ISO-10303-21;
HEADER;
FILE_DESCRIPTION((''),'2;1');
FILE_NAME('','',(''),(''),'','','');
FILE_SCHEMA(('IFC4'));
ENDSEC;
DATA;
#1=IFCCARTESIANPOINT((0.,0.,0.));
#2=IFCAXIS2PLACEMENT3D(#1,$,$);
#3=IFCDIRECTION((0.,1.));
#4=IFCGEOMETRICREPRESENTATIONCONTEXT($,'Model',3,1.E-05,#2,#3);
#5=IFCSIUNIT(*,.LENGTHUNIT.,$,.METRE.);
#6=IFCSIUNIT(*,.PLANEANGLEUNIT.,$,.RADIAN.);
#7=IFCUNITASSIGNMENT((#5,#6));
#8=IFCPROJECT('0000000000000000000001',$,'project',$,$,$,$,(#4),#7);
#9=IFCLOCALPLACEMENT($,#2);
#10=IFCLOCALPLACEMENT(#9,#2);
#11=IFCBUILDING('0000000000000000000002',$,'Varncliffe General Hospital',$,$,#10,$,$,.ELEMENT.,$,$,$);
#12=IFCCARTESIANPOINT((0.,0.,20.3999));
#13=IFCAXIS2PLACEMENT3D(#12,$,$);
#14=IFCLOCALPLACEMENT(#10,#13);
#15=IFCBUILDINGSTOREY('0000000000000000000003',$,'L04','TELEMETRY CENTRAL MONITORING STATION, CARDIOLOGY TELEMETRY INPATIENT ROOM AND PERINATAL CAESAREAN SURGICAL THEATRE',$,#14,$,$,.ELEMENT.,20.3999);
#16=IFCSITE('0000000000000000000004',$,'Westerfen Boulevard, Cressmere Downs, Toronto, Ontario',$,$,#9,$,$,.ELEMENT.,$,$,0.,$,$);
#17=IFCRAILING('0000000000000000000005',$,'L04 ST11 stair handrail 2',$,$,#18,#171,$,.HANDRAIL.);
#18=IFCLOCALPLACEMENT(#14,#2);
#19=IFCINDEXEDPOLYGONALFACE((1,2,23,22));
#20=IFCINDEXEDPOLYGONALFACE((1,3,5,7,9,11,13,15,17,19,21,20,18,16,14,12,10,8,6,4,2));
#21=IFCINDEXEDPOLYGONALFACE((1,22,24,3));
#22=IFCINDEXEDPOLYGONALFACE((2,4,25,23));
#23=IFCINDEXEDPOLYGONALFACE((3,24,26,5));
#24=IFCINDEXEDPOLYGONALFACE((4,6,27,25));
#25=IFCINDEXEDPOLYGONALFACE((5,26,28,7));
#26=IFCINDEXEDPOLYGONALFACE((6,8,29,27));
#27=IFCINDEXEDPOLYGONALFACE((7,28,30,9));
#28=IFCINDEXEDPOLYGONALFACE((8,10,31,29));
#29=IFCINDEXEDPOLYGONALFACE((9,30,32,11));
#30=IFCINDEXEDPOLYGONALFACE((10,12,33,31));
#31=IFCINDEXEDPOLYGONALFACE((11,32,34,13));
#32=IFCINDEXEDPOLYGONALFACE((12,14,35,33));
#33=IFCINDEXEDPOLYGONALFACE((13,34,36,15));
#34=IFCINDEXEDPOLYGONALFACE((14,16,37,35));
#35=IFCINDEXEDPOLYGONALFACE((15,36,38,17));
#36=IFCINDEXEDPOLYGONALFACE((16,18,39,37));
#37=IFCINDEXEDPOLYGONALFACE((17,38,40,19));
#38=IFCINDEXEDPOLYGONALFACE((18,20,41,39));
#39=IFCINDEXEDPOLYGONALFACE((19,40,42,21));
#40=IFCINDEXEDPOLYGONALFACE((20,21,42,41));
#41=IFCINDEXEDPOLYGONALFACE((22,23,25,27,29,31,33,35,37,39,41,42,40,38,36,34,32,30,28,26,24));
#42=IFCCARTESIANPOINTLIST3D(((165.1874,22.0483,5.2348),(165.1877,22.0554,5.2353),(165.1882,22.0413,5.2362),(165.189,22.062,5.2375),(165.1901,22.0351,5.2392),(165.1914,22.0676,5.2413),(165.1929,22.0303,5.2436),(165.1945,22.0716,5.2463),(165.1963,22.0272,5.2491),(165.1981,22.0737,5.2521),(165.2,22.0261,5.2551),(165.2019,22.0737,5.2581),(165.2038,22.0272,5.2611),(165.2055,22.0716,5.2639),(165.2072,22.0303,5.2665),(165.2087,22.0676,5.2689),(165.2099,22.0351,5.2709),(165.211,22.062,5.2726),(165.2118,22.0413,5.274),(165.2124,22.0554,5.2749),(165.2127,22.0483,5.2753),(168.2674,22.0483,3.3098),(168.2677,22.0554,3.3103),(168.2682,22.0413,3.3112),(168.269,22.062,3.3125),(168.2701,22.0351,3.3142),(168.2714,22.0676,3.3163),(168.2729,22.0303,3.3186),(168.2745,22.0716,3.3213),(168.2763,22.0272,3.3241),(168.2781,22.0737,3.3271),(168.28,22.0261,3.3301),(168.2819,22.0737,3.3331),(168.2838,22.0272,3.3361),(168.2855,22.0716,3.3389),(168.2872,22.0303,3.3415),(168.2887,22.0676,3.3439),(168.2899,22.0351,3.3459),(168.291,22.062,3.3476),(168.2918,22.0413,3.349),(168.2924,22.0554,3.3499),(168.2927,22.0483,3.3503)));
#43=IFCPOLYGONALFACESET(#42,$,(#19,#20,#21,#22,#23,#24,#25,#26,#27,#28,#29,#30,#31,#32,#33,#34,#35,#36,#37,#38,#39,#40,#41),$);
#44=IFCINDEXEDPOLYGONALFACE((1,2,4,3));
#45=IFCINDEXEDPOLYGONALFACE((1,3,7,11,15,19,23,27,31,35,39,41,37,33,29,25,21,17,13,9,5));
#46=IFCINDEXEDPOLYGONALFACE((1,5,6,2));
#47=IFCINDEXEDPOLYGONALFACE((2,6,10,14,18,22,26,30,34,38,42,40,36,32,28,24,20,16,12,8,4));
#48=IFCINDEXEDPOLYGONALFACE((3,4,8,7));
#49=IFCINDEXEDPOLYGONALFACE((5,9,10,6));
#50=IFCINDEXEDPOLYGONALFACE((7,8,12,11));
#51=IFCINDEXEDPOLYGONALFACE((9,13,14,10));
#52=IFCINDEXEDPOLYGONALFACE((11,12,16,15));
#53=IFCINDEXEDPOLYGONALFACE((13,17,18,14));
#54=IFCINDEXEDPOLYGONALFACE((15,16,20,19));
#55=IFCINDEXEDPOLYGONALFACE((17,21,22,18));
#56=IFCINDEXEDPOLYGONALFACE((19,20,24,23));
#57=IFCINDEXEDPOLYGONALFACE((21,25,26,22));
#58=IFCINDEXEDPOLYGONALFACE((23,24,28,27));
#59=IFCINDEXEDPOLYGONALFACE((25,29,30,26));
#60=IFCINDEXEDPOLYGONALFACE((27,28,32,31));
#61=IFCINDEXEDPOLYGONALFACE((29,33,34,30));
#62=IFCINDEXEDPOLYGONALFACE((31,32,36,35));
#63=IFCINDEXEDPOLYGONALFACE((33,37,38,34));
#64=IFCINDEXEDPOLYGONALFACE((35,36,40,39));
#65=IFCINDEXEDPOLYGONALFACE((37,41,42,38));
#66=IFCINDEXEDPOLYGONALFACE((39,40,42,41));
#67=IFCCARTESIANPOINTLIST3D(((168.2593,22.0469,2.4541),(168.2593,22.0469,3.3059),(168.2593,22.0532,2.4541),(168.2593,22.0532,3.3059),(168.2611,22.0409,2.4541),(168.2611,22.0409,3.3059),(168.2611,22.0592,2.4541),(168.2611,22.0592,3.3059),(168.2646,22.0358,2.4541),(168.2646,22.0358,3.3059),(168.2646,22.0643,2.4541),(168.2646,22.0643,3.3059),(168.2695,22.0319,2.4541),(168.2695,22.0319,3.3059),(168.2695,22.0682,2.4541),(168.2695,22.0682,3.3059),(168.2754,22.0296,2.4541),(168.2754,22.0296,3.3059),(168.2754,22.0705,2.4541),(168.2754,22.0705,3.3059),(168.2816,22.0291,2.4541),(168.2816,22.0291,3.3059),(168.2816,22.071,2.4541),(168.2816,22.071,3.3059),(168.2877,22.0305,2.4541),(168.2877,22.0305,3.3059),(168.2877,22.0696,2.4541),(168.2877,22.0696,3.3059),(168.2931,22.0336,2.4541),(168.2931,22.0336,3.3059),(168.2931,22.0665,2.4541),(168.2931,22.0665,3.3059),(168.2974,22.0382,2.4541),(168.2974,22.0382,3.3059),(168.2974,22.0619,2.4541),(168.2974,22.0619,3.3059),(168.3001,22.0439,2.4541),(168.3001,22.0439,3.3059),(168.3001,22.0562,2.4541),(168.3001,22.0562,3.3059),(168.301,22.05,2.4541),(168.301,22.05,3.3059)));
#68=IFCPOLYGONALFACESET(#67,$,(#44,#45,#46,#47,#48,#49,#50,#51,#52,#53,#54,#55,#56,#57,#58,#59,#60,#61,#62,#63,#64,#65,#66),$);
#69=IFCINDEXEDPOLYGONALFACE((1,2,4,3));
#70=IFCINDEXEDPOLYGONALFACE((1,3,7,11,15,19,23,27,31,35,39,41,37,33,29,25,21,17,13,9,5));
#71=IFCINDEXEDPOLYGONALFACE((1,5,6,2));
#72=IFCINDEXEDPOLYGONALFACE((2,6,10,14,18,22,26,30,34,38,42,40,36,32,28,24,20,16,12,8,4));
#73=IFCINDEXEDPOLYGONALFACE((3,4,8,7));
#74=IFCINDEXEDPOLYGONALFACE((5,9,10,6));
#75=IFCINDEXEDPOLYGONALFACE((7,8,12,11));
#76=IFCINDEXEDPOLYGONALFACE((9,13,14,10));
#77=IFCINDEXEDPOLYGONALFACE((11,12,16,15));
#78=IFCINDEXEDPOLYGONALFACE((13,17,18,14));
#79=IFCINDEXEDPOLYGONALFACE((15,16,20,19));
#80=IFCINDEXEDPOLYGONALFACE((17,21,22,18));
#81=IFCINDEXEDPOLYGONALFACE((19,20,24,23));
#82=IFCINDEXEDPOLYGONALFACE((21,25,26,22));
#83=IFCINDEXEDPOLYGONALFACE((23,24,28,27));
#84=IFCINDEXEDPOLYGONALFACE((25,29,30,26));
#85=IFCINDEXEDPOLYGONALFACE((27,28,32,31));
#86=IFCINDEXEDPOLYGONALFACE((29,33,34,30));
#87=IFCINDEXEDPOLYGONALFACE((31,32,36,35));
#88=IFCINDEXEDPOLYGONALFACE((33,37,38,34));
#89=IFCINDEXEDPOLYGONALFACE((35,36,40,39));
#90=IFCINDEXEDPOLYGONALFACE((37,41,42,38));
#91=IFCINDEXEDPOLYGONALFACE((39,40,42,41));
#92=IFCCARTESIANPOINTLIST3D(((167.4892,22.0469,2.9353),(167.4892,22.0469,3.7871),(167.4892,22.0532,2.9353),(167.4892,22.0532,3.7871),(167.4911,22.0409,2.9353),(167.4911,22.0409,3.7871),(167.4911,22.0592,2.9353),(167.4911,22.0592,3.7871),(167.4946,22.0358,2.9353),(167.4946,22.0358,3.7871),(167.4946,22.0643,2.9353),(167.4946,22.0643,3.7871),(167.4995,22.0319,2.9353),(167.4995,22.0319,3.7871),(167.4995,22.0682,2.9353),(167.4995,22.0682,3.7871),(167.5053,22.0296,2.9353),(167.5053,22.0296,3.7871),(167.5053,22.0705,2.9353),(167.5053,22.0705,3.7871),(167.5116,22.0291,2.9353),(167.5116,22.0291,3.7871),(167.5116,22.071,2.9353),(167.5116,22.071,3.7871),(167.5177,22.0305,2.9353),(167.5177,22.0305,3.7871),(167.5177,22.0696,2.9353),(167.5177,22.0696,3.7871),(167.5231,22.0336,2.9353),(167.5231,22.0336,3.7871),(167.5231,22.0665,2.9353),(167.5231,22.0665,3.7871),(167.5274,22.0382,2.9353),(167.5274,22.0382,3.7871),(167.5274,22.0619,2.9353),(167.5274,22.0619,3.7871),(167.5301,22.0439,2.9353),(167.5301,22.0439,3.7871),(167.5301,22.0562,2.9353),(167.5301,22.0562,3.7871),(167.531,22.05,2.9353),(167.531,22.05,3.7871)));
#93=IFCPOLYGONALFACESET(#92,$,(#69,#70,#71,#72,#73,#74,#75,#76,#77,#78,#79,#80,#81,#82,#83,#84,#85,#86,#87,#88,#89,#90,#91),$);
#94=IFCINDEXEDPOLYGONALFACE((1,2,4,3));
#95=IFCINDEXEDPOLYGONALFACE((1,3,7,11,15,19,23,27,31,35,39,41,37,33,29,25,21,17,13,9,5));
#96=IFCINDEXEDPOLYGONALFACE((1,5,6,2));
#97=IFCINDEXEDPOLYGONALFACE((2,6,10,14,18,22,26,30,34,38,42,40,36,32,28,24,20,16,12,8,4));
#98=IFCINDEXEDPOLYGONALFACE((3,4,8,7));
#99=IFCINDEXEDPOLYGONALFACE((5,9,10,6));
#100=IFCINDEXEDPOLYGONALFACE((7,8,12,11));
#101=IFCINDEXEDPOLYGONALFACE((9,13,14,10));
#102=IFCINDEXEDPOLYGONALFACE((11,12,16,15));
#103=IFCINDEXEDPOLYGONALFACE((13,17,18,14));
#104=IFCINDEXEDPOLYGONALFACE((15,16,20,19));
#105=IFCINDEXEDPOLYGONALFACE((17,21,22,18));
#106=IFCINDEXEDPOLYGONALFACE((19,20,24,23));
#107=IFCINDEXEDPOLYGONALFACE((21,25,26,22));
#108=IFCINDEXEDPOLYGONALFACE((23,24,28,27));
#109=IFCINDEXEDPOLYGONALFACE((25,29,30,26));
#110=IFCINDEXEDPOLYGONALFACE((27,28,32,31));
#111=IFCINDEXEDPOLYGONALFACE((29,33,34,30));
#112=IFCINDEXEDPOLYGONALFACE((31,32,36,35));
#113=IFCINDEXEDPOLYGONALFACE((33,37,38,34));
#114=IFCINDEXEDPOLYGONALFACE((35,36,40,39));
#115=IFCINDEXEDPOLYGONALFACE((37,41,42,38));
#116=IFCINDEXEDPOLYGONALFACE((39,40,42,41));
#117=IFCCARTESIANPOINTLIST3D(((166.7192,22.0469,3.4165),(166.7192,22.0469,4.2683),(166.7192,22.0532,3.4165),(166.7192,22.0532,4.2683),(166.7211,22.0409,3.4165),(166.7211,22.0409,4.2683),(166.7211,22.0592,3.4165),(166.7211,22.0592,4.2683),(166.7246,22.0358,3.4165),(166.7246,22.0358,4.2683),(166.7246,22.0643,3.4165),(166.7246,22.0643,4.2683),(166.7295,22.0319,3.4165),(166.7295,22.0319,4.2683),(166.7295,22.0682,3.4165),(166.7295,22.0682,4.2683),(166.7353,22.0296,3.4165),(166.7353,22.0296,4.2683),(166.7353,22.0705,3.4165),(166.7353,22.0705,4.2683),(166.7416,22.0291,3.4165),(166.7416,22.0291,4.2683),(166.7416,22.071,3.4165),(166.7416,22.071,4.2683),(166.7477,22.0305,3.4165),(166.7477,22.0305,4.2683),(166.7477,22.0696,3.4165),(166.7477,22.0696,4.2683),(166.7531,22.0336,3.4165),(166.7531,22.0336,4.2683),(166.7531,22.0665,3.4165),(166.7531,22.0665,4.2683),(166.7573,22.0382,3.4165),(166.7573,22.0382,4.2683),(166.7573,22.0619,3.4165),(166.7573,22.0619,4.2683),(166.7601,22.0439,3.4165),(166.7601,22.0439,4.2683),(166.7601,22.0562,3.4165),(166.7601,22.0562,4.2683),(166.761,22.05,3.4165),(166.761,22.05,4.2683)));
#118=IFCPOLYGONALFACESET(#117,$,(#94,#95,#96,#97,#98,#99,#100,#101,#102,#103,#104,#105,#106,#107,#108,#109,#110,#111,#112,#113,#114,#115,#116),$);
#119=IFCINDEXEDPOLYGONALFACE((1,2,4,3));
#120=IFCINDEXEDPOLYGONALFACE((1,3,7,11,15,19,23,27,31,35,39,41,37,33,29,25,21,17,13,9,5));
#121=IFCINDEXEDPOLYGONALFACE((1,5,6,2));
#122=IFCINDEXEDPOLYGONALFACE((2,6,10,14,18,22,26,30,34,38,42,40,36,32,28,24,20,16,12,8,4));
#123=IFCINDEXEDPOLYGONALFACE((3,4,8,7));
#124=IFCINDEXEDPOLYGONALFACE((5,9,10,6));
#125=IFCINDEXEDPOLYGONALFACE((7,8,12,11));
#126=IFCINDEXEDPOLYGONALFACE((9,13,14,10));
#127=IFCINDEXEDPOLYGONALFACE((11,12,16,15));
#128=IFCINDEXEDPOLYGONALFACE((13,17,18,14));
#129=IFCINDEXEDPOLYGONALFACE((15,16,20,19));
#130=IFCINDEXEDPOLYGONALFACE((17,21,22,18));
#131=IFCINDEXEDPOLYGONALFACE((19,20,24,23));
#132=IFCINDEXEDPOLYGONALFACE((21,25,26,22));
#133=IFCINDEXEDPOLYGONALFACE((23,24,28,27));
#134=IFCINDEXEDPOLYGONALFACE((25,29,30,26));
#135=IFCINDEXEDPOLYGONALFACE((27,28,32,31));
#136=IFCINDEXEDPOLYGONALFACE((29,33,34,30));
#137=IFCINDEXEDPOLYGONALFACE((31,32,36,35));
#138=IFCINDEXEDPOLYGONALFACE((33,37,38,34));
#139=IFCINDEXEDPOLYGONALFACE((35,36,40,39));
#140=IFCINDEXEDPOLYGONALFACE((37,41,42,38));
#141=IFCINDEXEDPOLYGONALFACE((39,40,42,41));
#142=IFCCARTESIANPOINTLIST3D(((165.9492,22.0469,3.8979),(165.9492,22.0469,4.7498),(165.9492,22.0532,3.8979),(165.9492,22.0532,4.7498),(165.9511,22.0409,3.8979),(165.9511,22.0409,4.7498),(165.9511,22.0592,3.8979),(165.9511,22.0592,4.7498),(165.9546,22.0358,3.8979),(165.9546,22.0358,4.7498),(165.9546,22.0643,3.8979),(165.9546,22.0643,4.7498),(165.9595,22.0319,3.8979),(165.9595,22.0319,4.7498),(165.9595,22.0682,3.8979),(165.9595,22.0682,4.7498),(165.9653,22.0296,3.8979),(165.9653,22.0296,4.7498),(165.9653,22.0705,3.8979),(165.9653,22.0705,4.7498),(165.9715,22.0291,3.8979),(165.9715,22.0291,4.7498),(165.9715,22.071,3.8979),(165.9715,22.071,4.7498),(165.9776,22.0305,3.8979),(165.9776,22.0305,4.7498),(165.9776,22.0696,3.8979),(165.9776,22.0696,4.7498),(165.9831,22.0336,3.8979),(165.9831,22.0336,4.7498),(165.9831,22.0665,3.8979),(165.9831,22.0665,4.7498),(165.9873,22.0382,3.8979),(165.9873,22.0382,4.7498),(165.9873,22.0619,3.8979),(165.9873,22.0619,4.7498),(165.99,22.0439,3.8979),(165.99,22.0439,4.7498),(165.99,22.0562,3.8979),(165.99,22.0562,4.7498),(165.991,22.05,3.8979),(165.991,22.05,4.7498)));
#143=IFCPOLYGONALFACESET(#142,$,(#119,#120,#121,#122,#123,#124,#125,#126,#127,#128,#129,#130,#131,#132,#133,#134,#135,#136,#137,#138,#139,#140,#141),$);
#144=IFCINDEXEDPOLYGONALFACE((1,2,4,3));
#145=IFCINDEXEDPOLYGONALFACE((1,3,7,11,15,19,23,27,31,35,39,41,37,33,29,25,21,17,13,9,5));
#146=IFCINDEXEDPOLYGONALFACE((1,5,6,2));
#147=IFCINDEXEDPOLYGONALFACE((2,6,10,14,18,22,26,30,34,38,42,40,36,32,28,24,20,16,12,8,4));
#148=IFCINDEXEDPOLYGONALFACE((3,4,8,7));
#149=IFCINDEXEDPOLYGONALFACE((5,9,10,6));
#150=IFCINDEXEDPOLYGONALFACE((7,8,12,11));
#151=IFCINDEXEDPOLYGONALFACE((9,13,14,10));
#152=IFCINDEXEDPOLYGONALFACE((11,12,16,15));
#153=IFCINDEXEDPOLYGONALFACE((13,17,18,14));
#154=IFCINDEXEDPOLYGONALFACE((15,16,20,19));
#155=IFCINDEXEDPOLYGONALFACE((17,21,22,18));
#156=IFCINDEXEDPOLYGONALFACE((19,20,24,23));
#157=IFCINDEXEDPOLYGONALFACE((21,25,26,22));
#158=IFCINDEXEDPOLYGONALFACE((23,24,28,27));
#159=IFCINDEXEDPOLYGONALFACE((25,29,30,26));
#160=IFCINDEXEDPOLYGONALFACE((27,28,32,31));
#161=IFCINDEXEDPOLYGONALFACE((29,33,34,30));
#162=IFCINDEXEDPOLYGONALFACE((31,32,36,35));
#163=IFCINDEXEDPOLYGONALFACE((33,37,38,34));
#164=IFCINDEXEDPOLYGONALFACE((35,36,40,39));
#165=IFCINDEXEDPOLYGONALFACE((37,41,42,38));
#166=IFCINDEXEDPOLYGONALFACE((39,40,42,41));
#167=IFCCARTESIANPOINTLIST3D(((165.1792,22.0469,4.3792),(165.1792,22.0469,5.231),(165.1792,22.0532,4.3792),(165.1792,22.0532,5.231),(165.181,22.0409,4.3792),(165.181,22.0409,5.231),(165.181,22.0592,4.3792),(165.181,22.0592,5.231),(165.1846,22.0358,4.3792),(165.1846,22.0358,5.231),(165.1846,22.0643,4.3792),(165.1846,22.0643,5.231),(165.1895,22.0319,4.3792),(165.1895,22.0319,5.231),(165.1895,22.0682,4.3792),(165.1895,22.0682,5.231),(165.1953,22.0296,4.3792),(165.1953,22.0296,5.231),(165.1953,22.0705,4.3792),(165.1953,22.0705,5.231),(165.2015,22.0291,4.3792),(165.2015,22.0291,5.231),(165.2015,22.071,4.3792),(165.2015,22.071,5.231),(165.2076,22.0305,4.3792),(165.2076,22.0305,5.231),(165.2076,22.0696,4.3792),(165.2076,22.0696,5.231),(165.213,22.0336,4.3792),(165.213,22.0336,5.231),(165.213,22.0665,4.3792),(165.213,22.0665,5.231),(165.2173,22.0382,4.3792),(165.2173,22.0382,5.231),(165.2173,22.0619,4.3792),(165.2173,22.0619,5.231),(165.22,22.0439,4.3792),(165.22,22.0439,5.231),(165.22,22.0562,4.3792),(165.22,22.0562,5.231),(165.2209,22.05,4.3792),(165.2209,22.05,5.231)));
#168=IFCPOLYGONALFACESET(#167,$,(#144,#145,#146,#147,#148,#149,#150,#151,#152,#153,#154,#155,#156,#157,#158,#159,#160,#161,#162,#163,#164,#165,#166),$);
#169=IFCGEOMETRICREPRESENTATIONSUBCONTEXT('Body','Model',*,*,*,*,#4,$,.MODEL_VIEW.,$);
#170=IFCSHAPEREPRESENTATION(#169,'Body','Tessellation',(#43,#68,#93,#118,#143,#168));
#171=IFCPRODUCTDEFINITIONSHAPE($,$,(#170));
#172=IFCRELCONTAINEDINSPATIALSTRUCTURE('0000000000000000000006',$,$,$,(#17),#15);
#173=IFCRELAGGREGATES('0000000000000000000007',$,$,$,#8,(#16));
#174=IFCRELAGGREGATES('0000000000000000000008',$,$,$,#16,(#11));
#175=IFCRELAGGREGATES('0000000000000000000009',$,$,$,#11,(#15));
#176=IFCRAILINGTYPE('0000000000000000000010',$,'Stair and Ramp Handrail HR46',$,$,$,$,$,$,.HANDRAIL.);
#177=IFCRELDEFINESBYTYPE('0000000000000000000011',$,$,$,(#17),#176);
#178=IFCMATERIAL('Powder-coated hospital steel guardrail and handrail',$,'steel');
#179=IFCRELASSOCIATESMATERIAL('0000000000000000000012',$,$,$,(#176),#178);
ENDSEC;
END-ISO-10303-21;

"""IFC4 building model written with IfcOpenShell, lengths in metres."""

from ifc_helpers import new_model, si_unit, direction, frame, origin, origin_2d, place, context, subcontext, project, spatial, circle, extrude, material, type_object, element, save


model = new_model("IFC4")

# Units and contexts
model_context = context("Model", 3, precision=1e-05, world=origin(), true_north=direction((0.0, 1.0)))
body_context = subcontext(model_context, "Body", "Model", "MODEL_VIEW")
ifc_project = project(units=[si_unit("LENGTHUNIT", "METRE"), si_unit("PLANEANGLEUNIT", "RADIAN")], contexts=[model_context])

# Site, building, storey
site_placement = place(None, origin())
site = spatial("IfcSite", under=ifc_project, at=site_placement, Name="Westerfen Boulevard, Cressmere Downs, Toronto, Ontario", CompositionType="ELEMENT", RefElevation=0.0)
building_placement = place(site_placement, origin())
building = spatial("IfcBuilding", under=site, at=building_placement, Name="Varncliffe General Hospital", CompositionType="ELEMENT")
storey_placement = place(building_placement, frame((0.0, 0.0, 20.3999)))
storey = spatial("IfcBuildingStorey", under=building, at=storey_placement, Name="L04", Description="TELEMETRY CENTRAL MONITORING STATION, CARDIOLOGY TELEMETRY INPATIENT ROOM AND PERINATAL CAESAREAN SURGICAL THEATRE", CompositionType="ELEMENT", Elevation=20.3999)

# Railing
ifc_material_1 = material(Name="Powder-coated hospital steel guardrail and handrail", Category="steel")
railing_type_1 = type_object("IfcRailingType", Name="Stair and Ramp Handrail HR46", PredefinedType="HANDRAIL", material=ifc_material_1)
railing_1_placement = place(storey_placement, frame((168.28, 22.05, 2.4541)))
element("IfcRailing", 1, at=railing_1_placement, inside=storey, type_object=railing_type_1, Name="L04 ST11 stair handrail 2", PredefinedType="HANDRAIL", context=body_context, shape_type="SweptSolid", body=[
    extrude(circle(Radius=0.0239, at=origin_2d()), frame((0.0, 0.0, 0.876), z_axis=(-0.847998, 0.0, 0.529999), x_axis=(0.0, -1.0, 0.0)), (0.0, 0.0, 1.0), 3.6321),
    extrude(circle(Radius=0.021, at=origin_2d()), origin(), (0.0, 0.0, 1.0), 0.8518),
    extrude(circle(Radius=0.021, at=origin_2d()), frame((-0.77, 0.0, 0.4812)), (0.0, 0.0, 1.0), 0.8518),
    extrude(circle(Radius=0.021, at=origin_2d()), frame((-1.54, 0.0, 0.9624)), (0.0, 0.0, 1.0), 0.8518),
    extrude(circle(Radius=0.021, at=origin_2d()), frame((-2.3101, 0.0, 1.4438)), (0.0, 0.0, 1.0), 0.8518),
    extrude(circle(Radius=0.021, at=origin_2d()), frame((-3.0801, 0.0, 1.925)), (0.0, 0.0, 1.0), 0.8518),
])

save(model, "model.ifc")
